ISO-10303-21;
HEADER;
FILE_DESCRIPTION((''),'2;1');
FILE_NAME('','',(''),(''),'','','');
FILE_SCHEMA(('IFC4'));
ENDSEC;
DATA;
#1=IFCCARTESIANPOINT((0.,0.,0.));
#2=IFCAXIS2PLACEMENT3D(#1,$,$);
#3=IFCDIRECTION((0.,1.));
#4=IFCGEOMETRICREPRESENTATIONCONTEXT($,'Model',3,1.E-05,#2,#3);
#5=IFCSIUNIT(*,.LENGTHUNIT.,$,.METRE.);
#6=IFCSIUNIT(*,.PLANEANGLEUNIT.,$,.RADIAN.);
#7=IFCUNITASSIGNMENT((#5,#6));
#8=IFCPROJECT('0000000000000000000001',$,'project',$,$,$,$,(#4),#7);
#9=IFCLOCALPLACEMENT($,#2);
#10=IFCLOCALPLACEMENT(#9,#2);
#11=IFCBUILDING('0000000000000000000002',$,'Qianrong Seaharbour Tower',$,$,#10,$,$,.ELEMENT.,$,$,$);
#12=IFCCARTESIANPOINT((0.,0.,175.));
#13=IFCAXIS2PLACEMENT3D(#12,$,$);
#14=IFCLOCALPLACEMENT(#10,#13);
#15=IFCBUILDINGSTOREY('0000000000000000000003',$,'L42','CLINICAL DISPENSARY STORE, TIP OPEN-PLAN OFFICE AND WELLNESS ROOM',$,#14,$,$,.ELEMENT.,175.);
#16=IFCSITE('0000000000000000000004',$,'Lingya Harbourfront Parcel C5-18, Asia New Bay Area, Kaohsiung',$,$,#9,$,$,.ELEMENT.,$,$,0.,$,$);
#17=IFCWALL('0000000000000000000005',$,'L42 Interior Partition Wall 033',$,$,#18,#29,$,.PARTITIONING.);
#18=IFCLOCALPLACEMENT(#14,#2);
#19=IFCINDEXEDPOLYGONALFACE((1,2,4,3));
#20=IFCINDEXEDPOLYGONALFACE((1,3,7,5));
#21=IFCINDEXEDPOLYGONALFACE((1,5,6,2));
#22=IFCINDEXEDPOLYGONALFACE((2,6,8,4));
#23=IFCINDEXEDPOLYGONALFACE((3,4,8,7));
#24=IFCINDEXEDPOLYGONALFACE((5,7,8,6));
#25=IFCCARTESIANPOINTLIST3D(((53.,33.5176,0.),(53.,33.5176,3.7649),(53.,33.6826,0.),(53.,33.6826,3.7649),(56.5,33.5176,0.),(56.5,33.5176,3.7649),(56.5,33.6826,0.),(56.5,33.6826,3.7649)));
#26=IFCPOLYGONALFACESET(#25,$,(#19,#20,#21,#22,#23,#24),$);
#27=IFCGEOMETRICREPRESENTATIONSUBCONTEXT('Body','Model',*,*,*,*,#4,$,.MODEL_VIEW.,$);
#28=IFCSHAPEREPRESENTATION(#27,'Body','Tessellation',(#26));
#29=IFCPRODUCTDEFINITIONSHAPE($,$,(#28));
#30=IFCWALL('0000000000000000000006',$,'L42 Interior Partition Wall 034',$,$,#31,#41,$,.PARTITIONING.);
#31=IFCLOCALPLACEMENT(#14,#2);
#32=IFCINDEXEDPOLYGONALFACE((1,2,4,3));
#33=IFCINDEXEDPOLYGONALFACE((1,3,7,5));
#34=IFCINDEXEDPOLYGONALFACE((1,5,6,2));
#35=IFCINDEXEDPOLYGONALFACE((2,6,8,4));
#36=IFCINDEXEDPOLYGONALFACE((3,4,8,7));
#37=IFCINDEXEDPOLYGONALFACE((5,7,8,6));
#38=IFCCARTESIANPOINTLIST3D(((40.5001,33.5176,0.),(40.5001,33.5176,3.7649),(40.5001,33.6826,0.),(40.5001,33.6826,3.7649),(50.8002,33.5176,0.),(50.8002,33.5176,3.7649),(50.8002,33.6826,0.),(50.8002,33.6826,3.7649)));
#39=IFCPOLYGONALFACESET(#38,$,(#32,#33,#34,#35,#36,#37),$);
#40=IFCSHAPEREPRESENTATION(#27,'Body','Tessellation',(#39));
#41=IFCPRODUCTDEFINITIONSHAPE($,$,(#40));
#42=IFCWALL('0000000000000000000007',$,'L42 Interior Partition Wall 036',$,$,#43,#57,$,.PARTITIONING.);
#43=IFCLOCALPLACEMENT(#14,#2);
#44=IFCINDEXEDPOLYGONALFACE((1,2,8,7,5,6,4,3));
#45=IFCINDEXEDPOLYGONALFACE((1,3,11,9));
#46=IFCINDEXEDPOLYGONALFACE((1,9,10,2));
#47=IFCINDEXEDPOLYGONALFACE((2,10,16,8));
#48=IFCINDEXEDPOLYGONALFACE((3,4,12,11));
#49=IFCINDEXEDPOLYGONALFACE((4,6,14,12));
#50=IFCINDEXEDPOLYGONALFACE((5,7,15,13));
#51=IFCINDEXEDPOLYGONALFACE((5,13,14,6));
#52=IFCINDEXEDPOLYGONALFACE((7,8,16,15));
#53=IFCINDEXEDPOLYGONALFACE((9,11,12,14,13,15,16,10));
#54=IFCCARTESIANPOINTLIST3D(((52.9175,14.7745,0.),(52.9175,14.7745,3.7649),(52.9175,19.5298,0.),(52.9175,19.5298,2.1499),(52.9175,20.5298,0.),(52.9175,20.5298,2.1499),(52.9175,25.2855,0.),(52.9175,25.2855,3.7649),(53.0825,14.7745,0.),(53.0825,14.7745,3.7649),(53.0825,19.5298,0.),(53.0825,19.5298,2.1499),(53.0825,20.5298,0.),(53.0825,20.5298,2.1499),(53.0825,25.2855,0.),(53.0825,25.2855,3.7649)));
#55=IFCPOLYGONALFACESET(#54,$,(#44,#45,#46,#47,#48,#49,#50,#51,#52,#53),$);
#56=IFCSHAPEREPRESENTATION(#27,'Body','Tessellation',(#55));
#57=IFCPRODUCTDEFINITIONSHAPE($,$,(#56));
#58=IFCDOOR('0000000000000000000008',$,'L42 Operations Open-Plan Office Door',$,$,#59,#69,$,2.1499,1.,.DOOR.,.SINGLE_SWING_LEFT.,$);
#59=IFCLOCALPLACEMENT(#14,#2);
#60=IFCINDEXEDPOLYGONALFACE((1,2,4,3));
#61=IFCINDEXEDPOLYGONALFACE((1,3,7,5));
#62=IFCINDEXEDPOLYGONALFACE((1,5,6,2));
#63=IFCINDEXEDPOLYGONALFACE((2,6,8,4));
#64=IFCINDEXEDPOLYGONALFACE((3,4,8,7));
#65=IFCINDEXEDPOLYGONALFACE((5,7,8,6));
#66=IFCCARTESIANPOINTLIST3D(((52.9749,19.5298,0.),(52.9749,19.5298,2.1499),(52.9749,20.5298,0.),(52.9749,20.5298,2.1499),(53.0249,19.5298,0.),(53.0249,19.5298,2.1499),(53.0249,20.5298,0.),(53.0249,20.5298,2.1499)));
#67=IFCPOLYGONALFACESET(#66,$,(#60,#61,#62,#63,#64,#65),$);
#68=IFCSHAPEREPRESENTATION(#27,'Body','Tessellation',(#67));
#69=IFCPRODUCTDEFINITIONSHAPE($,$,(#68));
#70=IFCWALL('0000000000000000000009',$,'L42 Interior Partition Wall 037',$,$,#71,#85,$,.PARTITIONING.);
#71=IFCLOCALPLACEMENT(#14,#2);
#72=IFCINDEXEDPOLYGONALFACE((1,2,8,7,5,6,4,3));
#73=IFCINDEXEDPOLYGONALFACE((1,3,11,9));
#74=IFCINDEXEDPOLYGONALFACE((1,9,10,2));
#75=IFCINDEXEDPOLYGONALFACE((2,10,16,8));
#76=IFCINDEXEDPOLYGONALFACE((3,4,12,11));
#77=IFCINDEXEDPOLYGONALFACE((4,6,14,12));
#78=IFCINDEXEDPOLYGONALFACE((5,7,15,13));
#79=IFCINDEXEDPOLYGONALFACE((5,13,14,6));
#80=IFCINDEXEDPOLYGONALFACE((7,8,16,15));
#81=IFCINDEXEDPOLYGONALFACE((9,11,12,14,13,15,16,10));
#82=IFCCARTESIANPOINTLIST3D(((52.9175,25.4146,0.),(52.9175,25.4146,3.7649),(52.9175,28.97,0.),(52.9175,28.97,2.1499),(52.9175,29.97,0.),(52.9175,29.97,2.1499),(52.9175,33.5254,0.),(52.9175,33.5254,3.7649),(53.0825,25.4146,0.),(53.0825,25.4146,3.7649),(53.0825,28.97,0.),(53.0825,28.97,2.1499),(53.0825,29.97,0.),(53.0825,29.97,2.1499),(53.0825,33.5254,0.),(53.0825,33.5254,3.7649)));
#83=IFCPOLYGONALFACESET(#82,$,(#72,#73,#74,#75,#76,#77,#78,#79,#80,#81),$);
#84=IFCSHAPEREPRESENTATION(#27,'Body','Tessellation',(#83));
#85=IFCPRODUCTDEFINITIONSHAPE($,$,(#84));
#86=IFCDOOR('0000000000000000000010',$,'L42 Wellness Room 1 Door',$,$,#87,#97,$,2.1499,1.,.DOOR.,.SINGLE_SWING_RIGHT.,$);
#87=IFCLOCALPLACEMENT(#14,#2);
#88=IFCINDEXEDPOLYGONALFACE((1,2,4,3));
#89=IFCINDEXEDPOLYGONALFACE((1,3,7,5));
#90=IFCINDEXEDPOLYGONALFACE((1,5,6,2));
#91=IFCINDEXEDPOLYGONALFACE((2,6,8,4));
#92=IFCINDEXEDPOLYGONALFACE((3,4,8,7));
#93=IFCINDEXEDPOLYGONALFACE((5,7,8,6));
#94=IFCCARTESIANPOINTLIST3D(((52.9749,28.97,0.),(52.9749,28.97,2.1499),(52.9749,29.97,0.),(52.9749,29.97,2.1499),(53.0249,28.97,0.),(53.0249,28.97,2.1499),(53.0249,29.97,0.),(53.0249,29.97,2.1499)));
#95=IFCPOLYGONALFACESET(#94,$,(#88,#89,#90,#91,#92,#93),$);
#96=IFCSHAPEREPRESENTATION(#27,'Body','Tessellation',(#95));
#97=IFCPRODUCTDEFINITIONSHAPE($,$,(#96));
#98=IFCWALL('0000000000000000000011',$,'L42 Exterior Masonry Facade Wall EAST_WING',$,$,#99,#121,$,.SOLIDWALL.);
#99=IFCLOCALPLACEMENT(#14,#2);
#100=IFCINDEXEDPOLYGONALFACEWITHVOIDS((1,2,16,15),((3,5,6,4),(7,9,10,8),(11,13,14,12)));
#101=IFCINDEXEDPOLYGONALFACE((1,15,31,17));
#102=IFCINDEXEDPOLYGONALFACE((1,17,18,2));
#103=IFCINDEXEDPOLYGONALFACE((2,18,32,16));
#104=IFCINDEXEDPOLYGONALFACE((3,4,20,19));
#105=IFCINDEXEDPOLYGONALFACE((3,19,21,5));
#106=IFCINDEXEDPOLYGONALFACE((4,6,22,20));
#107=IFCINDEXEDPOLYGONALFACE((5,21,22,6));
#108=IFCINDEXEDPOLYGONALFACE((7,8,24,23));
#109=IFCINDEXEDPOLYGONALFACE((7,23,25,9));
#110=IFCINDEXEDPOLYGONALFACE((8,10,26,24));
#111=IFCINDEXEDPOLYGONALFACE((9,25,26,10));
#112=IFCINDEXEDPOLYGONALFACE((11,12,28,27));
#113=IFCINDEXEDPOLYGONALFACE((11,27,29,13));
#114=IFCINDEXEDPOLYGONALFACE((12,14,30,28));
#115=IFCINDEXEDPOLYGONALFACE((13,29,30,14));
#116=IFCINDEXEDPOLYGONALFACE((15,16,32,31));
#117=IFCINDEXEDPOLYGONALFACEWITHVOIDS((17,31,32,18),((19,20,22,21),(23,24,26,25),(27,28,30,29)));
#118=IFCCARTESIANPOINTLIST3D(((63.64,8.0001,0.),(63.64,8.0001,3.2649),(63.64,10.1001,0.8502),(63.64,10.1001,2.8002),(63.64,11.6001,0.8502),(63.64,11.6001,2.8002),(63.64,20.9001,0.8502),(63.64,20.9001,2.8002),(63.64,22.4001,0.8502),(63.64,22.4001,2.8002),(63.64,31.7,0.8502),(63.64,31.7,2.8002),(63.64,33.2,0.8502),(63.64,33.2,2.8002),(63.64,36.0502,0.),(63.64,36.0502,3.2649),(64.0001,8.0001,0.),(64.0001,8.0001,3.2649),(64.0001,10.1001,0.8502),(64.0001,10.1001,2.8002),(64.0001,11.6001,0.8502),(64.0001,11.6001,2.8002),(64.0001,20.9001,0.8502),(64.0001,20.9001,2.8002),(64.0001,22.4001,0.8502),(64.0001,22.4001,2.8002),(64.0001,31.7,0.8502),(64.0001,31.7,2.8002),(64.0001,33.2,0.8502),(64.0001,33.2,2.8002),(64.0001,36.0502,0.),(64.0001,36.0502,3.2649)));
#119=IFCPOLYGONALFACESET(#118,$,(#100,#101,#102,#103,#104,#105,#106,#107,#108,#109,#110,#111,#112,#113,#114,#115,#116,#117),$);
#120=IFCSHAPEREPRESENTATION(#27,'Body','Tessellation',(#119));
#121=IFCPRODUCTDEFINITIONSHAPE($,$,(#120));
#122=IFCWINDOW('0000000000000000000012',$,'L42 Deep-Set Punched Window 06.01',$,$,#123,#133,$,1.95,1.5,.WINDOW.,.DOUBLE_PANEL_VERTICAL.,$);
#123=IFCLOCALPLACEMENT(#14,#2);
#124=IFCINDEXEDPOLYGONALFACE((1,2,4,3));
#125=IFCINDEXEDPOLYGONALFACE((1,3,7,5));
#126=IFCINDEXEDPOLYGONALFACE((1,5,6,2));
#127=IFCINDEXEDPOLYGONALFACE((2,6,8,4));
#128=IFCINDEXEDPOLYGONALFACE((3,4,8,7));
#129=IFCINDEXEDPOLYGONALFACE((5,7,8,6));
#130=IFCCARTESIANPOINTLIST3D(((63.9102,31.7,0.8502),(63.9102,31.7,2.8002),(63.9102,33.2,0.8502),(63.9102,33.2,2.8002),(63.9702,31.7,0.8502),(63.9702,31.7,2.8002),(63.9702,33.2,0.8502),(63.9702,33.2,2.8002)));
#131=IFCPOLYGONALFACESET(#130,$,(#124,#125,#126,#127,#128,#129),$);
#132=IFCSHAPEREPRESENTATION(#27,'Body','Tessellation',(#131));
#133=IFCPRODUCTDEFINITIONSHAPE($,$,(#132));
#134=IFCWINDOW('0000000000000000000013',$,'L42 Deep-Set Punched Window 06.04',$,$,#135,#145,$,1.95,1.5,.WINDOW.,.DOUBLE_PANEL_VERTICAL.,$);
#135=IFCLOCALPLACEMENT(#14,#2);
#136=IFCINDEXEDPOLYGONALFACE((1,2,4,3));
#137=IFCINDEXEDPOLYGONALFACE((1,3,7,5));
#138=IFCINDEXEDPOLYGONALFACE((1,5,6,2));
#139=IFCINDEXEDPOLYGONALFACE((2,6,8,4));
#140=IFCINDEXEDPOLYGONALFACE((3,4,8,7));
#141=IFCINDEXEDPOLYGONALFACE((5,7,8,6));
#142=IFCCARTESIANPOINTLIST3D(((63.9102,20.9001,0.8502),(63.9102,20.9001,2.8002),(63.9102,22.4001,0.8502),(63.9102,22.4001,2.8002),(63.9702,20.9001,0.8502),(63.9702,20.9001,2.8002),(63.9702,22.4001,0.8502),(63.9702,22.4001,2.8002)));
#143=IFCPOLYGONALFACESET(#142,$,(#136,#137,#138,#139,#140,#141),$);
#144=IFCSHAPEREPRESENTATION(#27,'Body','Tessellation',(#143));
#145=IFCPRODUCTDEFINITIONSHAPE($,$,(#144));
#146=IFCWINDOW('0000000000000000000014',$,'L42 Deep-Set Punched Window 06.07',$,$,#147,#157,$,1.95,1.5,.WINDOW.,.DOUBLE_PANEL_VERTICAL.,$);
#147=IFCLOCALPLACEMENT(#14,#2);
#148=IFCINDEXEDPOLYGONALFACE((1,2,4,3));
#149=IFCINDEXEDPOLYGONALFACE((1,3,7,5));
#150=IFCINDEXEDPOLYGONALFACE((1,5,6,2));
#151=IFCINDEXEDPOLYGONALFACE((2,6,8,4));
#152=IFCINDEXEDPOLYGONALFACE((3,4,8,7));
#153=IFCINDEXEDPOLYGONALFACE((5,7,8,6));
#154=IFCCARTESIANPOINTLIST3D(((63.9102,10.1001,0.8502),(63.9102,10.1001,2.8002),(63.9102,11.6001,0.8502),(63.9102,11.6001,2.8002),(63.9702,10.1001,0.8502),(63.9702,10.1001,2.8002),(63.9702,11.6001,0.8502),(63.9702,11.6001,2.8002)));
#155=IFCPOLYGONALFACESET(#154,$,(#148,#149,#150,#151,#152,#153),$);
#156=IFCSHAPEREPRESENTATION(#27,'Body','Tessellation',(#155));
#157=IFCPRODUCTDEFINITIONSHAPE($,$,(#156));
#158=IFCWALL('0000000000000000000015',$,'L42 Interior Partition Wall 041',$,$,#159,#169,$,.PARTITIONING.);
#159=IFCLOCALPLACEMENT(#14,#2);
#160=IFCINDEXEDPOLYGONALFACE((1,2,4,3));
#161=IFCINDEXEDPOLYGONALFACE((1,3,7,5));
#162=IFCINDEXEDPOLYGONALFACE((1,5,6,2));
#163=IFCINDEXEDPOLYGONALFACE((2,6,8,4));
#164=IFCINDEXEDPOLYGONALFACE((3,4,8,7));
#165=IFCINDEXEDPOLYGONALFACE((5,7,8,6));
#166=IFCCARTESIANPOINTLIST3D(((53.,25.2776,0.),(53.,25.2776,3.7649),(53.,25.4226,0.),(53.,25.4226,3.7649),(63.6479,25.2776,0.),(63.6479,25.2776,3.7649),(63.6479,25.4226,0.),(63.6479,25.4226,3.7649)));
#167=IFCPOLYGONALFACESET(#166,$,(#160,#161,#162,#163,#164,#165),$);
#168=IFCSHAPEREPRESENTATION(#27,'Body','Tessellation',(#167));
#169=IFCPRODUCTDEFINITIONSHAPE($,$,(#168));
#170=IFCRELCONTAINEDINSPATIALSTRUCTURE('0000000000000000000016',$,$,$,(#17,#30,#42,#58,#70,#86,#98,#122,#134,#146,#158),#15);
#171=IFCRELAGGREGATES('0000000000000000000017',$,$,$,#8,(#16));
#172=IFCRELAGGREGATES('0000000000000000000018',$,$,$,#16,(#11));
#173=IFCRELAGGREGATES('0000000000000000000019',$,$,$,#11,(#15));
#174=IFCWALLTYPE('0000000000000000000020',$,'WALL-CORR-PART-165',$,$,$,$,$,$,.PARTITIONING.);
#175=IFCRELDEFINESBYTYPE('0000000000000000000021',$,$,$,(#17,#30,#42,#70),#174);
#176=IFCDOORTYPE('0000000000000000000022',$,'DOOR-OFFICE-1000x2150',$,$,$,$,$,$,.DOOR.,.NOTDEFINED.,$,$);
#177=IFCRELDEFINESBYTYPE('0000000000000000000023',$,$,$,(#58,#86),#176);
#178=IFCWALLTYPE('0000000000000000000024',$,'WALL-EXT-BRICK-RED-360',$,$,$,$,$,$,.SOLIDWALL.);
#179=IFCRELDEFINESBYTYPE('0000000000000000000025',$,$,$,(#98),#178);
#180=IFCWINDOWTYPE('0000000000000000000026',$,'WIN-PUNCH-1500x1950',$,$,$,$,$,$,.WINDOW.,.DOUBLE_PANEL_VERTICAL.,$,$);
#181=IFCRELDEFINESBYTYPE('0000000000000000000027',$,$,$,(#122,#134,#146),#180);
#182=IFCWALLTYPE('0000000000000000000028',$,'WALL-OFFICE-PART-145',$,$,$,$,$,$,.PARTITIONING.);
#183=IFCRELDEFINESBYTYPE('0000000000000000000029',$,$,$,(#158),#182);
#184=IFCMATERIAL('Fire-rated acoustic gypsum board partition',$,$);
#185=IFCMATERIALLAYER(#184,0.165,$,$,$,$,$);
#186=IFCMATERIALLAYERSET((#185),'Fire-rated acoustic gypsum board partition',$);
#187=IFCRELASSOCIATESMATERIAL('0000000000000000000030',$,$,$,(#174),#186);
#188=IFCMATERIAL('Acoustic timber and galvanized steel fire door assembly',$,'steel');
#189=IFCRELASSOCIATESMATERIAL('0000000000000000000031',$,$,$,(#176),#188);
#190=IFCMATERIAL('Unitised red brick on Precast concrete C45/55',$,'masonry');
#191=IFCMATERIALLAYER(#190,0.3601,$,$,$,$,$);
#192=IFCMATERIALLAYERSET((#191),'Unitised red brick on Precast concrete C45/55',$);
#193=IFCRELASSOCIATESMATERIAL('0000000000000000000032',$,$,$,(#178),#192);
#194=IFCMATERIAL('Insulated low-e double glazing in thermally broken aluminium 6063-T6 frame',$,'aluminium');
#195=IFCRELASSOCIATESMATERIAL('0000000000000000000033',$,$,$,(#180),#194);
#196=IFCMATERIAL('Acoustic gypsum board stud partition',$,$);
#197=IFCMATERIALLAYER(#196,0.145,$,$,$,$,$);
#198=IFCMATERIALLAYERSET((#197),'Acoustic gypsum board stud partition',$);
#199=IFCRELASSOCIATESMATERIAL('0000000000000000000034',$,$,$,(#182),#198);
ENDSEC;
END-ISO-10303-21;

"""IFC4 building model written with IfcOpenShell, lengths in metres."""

from ifc_helpers import new_model, si_unit, direction, frame, frame_2d, origin, place, context, subcontext, project, spatial, rectangle, extrude, material, layer, layer_set, type_object, element, fill, save


model = new_model("IFC4")

# Units and contexts
model_context = context("Model", 3, precision=1e-05, world=origin(), true_north=direction((0.0, 1.0)))
body_context = subcontext(model_context, "Body", "Model", "MODEL_VIEW")
ifc_project = project(units=[si_unit("LENGTHUNIT", "METRE"), si_unit("PLANEANGLEUNIT", "RADIAN")], contexts=[model_context])

# Site, building, storey
site_placement = place(None, origin())
site = spatial("IfcSite", under=ifc_project, at=site_placement, Name="Lingya Harbourfront Parcel C5-18, Asia New Bay Area, Kaohsiung", CompositionType="ELEMENT", RefElevation=0.0)
building_placement = place(site_placement, origin())
building = spatial("IfcBuilding", under=site, at=building_placement, Name="Qianrong Seaharbour Tower", CompositionType="ELEMENT")
storey_placement = place(building_placement, frame((0.0, 0.0, 175.0)))
storey = spatial("IfcBuildingStorey", under=building, at=storey_placement, Name="L42", Description="CLINICAL DISPENSARY STORE, TIP OPEN-PLAN OFFICE AND WELLNESS ROOM", CompositionType="ELEMENT", Elevation=175.0)

# Walls
ifc_material_1 = material(Name="Fire-rated acoustic gypsum board partition")
ifc_layer_1 = layer(ifc_material_1, 0.165)
ifc_layer_set_1 = layer_set([ifc_layer_1], Name="Fire-rated acoustic gypsum board partition")
wall_type_1 = type_object("IfcWallType", Name="WALL-CORR-PART-165", PredefinedType="PARTITIONING", material=ifc_layer_set_1)
wall_1_placement = place(storey_placement, frame((56.5, 33.6001, 0.0), z_axis=(0.0, 0.0, 1.0), x_axis=(-1.0, 0.0, 0.0)))
element("IfcWall", 1, at=wall_1_placement, inside=storey, type_object=wall_type_1, Name="L42 Interior Partition Wall 033", PredefinedType="PARTITIONING", context=body_context, shape_type="SweptSolid", body=[
    extrude(rectangle(XDim=3.5, YDim=0.165, at=frame_2d((1.75, 0.0))), origin(), (0.0, 0.0, 1.0), 3.7649),
])
wall_2_placement = place(storey_placement, frame((50.8, 33.6001, 0.0), z_axis=(0.0, 0.0, 1.0), x_axis=(-1.0, 0.0, 0.0)))
element("IfcWall", 2, at=wall_2_placement, inside=storey, type_object=wall_type_1, Name="L42 Interior Partition Wall 034", PredefinedType="PARTITIONING", context=body_context, shape_type="SweptSolid", body=[
    extrude(rectangle(XDim=10.3, YDim=0.165, at=frame_2d((5.1499, 0.0))), origin(), (0.0, 0.0, 1.0), 3.7649),
])

# Walls, openings, doors
wall_3_placement = place(storey_placement, frame((53.0, 25.2854, 0.0), z_axis=(0.0, 0.0, 1.0), x_axis=(0.0, -1.0, 0.0)))
wall_3 = element("IfcWall", 3, at=wall_3_placement, inside=storey, type_object=wall_type_1, Name="L42 Interior Partition Wall 036", PredefinedType="PARTITIONING", context=body_context, shape_type="SweptSolid", body=[
    extrude(rectangle(XDim=10.511, YDim=0.165, at=frame_2d((5.2554, 0.0))), origin(), (0.0, 0.0, 1.0), 3.7649),
])
opening_1_placement = place(wall_3_placement, frame((4.7556, 0.0, 0.0)))
opening_1 = element("IfcOpeningElement", 4, at=opening_1_placement, cuts=wall_3, PredefinedType="OPENING", context=body_context, shape_type="SweptSolid", body=[
    extrude(rectangle(XDim=1.0, YDim=2.1499, at=frame_2d((0.5, 1.075))), frame((0.0, 0.0925, 0.0), z_axis=(0.0, -1.0, 0.0), x_axis=(1.0, 0.0, 0.0)), (0.0, 0.0, 1.0), 0.1851),
])
ifc_material_2 = material(Name="Acoustic timber and galvanized steel fire door assembly", Category="steel")
door_type = type_object("IfcDoorType", Name="DOOR-OFFICE-1000x2150", OperationType="NOTDEFINED", PredefinedType="DOOR", material=ifc_material_2)
door_1_placement = place(opening_1_placement, origin())
door_1 = element("IfcDoor", 5, at=door_1_placement, inside=storey, type_object=door_type, Name="L42 Operations Open-Plan Office Door", OperationType="SINGLE_SWING_LEFT", OverallHeight=2.1499, OverallWidth=1.0, PredefinedType="DOOR", context=body_context, shape_type="SweptSolid", body=[
    extrude(rectangle(XDim=1.0, YDim=2.1499, at=frame_2d((0.5, 1.075))), frame((0.0, 0.0249, 0.0), z_axis=(0.0, -1.0, 0.0), x_axis=(1.0, 0.0, 0.0)), (0.0, 0.0, 1.0), 0.05),
])
fill(opening_1, door_1)
wall_4_placement = place(storey_placement, frame((53.0, 33.5254, 0.0), z_axis=(0.0, 0.0, 1.0), x_axis=(0.0, -1.0, 0.0)))
wall_4 = element("IfcWall", 6, at=wall_4_placement, inside=storey, type_object=wall_type_1, Name="L42 Interior Partition Wall 037", PredefinedType="PARTITIONING", context=body_context, shape_type="SweptSolid", body=[
    extrude(rectangle(XDim=8.1108, YDim=0.165, at=frame_2d((4.0554, 0.0))), origin(), (0.0, 0.0, 1.0), 3.7649),
])
opening_2_placement = place(wall_4_placement, frame((3.5554, 0.0, 0.0)))
opening_2 = element("IfcOpeningElement", 7, at=opening_2_placement, cuts=wall_4, PredefinedType="OPENING", context=body_context, shape_type="SweptSolid", body=[
    extrude(rectangle(XDim=1.0, YDim=2.1499, at=frame_2d((0.5, 1.075))), frame((0.0, 0.0925, 0.0), z_axis=(0.0, -1.0, 0.0), x_axis=(1.0, 0.0, 0.0)), (0.0, 0.0, 1.0), 0.1851),
])
door_2_placement = place(opening_2_placement, origin())
door_2 = element("IfcDoor", 8, at=door_2_placement, inside=storey, type_object=door_type, Name="L42 Wellness Room 1 Door", OperationType="SINGLE_SWING_RIGHT", OverallHeight=2.1499, OverallWidth=1.0, PredefinedType="DOOR", context=body_context, shape_type="SweptSolid", body=[
    extrude(rectangle(XDim=1.0, YDim=2.1499, at=frame_2d((0.5, 1.075))), frame((0.0, 0.0249, 0.0), z_axis=(0.0, -1.0, 0.0), x_axis=(1.0, 0.0, 0.0)), (0.0, 0.0, 1.0), 0.05),
])
fill(opening_2, door_2)

# Wall, openings, windows
ifc_material_3 = material(Name="Unitised red brick on Precast concrete C45/55", Category="masonry")
ifc_layer_2 = layer(ifc_material_3, 0.3601)
ifc_layer_set_2 = layer_set([ifc_layer_2], Name="Unitised red brick on Precast concrete C45/55")
wall_type_2 = type_object("IfcWallType", Name="WALL-EXT-BRICK-RED-360", PredefinedType="SOLIDWALL", material=ifc_layer_set_2)
wall_5_placement = place(storey_placement, frame((63.8201, 36.05, 0.0), z_axis=(0.0, 0.0, 1.0), x_axis=(0.0, -1.0, 0.0)))
wall_5 = element("IfcWall", 9, at=wall_5_placement, inside=storey, type_object=wall_type_2, Name="L42 Exterior Masonry Facade Wall EAST_WING", PredefinedType="SOLIDWALL", context=body_context, shape_type="SweptSolid", body=[
    extrude(rectangle(XDim=28.05, YDim=0.3601, at=frame_2d((14.0249, 0.0))), origin(), (0.0, 0.0, 1.0), 3.2649),
])
opening_3_placement = place(wall_5_placement, frame((2.8501, 0.0, 0.8501)))
opening_3 = element("IfcOpeningElement", 10, at=opening_3_placement, cuts=wall_5, PredefinedType="OPENING", context=body_context, shape_type="SweptSolid", body=[
    extrude(rectangle(XDim=1.5, YDim=1.95, at=frame_2d((0.75, 0.9751))), frame((0.0, 0.1899, 0.0), z_axis=(0.0, -1.0, 0.0), x_axis=(1.0, 0.0, 0.0)), (0.0, 0.0, 1.0), 0.3801),
])
opening_4_placement = place(wall_5_placement, frame((13.6499, 0.0, 0.8501)))
opening_4 = element("IfcOpeningElement", 11, at=opening_4_placement, cuts=wall_5, PredefinedType="OPENING", context=body_context, shape_type="SweptSolid", body=[
    extrude(rectangle(XDim=1.5, YDim=1.95, at=frame_2d((0.75, 0.9751))), frame((0.0, 0.1899, 0.0), z_axis=(0.0, -1.0, 0.0), x_axis=(1.0, 0.0, 0.0)), (0.0, 0.0, 1.0), 0.3801),
])
opening_5_placement = place(wall_5_placement, frame((24.45, 0.0, 0.8501)))
opening_5 = element("IfcOpeningElement", 12, at=opening_5_placement, cuts=wall_5, PredefinedType="OPENING", context=body_context, shape_type="SweptSolid", body=[
    extrude(rectangle(XDim=1.5, YDim=1.95, at=frame_2d((0.75, 0.9751))), frame((0.0, 0.1899, 0.0), z_axis=(0.0, -1.0, 0.0), x_axis=(1.0, 0.0, 0.0)), (0.0, 0.0, 1.0), 0.3801),
])
ifc_material_4 = material(Name="Insulated low-e double glazing in thermally broken aluminium 6063-T6 frame", Category="aluminium")
window_type = type_object("IfcWindowType", Name="WIN-PUNCH-1500x1950", PartitioningType="DOUBLE_PANEL_VERTICAL", PredefinedType="WINDOW", material=ifc_material_4)
window_1_placement = place(opening_3_placement, origin())
window_1 = element("IfcWindow", 13, at=window_1_placement, inside=storey, type_object=window_type, Name="L42 Deep-Set Punched Window 06.01", OverallHeight=1.95, OverallWidth=1.5, PartitioningType="DOUBLE_PANEL_VERTICAL", PredefinedType="WINDOW", context=body_context, shape_type="SweptSolid", body=[
    extrude(rectangle(XDim=1.5, YDim=1.95, at=frame_2d((0.75, 0.9751))), frame((0.0, 0.1501, 0.0), z_axis=(0.0, -1.0, 0.0), x_axis=(1.0, 0.0, 0.0)), (0.0, 0.0, 1.0), 0.0601),
])
fill(opening_3, window_1)
window_2_placement = place(opening_4_placement, origin())
window_2 = element("IfcWindow", 14, at=window_2_placement, inside=storey, type_object=window_type, Name="L42 Deep-Set Punched Window 06.04", OverallHeight=1.95, OverallWidth=1.5, PartitioningType="DOUBLE_PANEL_VERTICAL", PredefinedType="WINDOW", context=body_context, shape_type="SweptSolid", body=[
    extrude(rectangle(XDim=1.5, YDim=1.95, at=frame_2d((0.75, 0.9751))), frame((0.0, 0.1501, 0.0), z_axis=(0.0, -1.0, 0.0), x_axis=(1.0, 0.0, 0.0)), (0.0, 0.0, 1.0), 0.0601),
])
fill(opening_4, window_2)
window_3_placement = place(opening_5_placement, origin())
window_3 = element("IfcWindow", 15, at=window_3_placement, inside=storey, type_object=window_type, Name="L42 Deep-Set Punched Window 06.07", OverallHeight=1.95, OverallWidth=1.5, PartitioningType="DOUBLE_PANEL_VERTICAL", PredefinedType="WINDOW", context=body_context, shape_type="SweptSolid", body=[
    extrude(rectangle(XDim=1.5, YDim=1.95, at=frame_2d((0.75, 0.9751))), frame((0.0, 0.1501, 0.0), z_axis=(0.0, -1.0, 0.0), x_axis=(1.0, 0.0, 0.0)), (0.0, 0.0, 1.0), 0.0601),
])
fill(opening_5, window_3)

# Wall
ifc_material_5 = material(Name="Acoustic gypsum board stud partition")
ifc_layer_3 = layer(ifc_material_5, 0.145)
ifc_layer_set_3 = layer_set([ifc_layer_3], Name="Acoustic gypsum board stud partition")
wall_type_3 = type_object("IfcWallType", Name="WALL-OFFICE-PART-145", PredefinedType="PARTITIONING", material=ifc_layer_set_3)
wall_6_placement = place(storey_placement, frame((53.0, 25.3501, 0.0), z_axis=(0.0, 0.0, 1.0), x_axis=(1.0, 0.0, 0.0)))
element("IfcWall", 16, at=wall_6_placement, inside=storey, type_object=wall_type_3, Name="L42 Interior Partition Wall 041", PredefinedType="PARTITIONING", context=body_context, shape_type="SweptSolid", body=[
    extrude(rectangle(XDim=10.6479, YDim=0.145, at=frame_2d((5.324, 0.0))), origin(), (0.0, 0.0, 1.0), 3.7649),
])

save(model, "model.ifc")
